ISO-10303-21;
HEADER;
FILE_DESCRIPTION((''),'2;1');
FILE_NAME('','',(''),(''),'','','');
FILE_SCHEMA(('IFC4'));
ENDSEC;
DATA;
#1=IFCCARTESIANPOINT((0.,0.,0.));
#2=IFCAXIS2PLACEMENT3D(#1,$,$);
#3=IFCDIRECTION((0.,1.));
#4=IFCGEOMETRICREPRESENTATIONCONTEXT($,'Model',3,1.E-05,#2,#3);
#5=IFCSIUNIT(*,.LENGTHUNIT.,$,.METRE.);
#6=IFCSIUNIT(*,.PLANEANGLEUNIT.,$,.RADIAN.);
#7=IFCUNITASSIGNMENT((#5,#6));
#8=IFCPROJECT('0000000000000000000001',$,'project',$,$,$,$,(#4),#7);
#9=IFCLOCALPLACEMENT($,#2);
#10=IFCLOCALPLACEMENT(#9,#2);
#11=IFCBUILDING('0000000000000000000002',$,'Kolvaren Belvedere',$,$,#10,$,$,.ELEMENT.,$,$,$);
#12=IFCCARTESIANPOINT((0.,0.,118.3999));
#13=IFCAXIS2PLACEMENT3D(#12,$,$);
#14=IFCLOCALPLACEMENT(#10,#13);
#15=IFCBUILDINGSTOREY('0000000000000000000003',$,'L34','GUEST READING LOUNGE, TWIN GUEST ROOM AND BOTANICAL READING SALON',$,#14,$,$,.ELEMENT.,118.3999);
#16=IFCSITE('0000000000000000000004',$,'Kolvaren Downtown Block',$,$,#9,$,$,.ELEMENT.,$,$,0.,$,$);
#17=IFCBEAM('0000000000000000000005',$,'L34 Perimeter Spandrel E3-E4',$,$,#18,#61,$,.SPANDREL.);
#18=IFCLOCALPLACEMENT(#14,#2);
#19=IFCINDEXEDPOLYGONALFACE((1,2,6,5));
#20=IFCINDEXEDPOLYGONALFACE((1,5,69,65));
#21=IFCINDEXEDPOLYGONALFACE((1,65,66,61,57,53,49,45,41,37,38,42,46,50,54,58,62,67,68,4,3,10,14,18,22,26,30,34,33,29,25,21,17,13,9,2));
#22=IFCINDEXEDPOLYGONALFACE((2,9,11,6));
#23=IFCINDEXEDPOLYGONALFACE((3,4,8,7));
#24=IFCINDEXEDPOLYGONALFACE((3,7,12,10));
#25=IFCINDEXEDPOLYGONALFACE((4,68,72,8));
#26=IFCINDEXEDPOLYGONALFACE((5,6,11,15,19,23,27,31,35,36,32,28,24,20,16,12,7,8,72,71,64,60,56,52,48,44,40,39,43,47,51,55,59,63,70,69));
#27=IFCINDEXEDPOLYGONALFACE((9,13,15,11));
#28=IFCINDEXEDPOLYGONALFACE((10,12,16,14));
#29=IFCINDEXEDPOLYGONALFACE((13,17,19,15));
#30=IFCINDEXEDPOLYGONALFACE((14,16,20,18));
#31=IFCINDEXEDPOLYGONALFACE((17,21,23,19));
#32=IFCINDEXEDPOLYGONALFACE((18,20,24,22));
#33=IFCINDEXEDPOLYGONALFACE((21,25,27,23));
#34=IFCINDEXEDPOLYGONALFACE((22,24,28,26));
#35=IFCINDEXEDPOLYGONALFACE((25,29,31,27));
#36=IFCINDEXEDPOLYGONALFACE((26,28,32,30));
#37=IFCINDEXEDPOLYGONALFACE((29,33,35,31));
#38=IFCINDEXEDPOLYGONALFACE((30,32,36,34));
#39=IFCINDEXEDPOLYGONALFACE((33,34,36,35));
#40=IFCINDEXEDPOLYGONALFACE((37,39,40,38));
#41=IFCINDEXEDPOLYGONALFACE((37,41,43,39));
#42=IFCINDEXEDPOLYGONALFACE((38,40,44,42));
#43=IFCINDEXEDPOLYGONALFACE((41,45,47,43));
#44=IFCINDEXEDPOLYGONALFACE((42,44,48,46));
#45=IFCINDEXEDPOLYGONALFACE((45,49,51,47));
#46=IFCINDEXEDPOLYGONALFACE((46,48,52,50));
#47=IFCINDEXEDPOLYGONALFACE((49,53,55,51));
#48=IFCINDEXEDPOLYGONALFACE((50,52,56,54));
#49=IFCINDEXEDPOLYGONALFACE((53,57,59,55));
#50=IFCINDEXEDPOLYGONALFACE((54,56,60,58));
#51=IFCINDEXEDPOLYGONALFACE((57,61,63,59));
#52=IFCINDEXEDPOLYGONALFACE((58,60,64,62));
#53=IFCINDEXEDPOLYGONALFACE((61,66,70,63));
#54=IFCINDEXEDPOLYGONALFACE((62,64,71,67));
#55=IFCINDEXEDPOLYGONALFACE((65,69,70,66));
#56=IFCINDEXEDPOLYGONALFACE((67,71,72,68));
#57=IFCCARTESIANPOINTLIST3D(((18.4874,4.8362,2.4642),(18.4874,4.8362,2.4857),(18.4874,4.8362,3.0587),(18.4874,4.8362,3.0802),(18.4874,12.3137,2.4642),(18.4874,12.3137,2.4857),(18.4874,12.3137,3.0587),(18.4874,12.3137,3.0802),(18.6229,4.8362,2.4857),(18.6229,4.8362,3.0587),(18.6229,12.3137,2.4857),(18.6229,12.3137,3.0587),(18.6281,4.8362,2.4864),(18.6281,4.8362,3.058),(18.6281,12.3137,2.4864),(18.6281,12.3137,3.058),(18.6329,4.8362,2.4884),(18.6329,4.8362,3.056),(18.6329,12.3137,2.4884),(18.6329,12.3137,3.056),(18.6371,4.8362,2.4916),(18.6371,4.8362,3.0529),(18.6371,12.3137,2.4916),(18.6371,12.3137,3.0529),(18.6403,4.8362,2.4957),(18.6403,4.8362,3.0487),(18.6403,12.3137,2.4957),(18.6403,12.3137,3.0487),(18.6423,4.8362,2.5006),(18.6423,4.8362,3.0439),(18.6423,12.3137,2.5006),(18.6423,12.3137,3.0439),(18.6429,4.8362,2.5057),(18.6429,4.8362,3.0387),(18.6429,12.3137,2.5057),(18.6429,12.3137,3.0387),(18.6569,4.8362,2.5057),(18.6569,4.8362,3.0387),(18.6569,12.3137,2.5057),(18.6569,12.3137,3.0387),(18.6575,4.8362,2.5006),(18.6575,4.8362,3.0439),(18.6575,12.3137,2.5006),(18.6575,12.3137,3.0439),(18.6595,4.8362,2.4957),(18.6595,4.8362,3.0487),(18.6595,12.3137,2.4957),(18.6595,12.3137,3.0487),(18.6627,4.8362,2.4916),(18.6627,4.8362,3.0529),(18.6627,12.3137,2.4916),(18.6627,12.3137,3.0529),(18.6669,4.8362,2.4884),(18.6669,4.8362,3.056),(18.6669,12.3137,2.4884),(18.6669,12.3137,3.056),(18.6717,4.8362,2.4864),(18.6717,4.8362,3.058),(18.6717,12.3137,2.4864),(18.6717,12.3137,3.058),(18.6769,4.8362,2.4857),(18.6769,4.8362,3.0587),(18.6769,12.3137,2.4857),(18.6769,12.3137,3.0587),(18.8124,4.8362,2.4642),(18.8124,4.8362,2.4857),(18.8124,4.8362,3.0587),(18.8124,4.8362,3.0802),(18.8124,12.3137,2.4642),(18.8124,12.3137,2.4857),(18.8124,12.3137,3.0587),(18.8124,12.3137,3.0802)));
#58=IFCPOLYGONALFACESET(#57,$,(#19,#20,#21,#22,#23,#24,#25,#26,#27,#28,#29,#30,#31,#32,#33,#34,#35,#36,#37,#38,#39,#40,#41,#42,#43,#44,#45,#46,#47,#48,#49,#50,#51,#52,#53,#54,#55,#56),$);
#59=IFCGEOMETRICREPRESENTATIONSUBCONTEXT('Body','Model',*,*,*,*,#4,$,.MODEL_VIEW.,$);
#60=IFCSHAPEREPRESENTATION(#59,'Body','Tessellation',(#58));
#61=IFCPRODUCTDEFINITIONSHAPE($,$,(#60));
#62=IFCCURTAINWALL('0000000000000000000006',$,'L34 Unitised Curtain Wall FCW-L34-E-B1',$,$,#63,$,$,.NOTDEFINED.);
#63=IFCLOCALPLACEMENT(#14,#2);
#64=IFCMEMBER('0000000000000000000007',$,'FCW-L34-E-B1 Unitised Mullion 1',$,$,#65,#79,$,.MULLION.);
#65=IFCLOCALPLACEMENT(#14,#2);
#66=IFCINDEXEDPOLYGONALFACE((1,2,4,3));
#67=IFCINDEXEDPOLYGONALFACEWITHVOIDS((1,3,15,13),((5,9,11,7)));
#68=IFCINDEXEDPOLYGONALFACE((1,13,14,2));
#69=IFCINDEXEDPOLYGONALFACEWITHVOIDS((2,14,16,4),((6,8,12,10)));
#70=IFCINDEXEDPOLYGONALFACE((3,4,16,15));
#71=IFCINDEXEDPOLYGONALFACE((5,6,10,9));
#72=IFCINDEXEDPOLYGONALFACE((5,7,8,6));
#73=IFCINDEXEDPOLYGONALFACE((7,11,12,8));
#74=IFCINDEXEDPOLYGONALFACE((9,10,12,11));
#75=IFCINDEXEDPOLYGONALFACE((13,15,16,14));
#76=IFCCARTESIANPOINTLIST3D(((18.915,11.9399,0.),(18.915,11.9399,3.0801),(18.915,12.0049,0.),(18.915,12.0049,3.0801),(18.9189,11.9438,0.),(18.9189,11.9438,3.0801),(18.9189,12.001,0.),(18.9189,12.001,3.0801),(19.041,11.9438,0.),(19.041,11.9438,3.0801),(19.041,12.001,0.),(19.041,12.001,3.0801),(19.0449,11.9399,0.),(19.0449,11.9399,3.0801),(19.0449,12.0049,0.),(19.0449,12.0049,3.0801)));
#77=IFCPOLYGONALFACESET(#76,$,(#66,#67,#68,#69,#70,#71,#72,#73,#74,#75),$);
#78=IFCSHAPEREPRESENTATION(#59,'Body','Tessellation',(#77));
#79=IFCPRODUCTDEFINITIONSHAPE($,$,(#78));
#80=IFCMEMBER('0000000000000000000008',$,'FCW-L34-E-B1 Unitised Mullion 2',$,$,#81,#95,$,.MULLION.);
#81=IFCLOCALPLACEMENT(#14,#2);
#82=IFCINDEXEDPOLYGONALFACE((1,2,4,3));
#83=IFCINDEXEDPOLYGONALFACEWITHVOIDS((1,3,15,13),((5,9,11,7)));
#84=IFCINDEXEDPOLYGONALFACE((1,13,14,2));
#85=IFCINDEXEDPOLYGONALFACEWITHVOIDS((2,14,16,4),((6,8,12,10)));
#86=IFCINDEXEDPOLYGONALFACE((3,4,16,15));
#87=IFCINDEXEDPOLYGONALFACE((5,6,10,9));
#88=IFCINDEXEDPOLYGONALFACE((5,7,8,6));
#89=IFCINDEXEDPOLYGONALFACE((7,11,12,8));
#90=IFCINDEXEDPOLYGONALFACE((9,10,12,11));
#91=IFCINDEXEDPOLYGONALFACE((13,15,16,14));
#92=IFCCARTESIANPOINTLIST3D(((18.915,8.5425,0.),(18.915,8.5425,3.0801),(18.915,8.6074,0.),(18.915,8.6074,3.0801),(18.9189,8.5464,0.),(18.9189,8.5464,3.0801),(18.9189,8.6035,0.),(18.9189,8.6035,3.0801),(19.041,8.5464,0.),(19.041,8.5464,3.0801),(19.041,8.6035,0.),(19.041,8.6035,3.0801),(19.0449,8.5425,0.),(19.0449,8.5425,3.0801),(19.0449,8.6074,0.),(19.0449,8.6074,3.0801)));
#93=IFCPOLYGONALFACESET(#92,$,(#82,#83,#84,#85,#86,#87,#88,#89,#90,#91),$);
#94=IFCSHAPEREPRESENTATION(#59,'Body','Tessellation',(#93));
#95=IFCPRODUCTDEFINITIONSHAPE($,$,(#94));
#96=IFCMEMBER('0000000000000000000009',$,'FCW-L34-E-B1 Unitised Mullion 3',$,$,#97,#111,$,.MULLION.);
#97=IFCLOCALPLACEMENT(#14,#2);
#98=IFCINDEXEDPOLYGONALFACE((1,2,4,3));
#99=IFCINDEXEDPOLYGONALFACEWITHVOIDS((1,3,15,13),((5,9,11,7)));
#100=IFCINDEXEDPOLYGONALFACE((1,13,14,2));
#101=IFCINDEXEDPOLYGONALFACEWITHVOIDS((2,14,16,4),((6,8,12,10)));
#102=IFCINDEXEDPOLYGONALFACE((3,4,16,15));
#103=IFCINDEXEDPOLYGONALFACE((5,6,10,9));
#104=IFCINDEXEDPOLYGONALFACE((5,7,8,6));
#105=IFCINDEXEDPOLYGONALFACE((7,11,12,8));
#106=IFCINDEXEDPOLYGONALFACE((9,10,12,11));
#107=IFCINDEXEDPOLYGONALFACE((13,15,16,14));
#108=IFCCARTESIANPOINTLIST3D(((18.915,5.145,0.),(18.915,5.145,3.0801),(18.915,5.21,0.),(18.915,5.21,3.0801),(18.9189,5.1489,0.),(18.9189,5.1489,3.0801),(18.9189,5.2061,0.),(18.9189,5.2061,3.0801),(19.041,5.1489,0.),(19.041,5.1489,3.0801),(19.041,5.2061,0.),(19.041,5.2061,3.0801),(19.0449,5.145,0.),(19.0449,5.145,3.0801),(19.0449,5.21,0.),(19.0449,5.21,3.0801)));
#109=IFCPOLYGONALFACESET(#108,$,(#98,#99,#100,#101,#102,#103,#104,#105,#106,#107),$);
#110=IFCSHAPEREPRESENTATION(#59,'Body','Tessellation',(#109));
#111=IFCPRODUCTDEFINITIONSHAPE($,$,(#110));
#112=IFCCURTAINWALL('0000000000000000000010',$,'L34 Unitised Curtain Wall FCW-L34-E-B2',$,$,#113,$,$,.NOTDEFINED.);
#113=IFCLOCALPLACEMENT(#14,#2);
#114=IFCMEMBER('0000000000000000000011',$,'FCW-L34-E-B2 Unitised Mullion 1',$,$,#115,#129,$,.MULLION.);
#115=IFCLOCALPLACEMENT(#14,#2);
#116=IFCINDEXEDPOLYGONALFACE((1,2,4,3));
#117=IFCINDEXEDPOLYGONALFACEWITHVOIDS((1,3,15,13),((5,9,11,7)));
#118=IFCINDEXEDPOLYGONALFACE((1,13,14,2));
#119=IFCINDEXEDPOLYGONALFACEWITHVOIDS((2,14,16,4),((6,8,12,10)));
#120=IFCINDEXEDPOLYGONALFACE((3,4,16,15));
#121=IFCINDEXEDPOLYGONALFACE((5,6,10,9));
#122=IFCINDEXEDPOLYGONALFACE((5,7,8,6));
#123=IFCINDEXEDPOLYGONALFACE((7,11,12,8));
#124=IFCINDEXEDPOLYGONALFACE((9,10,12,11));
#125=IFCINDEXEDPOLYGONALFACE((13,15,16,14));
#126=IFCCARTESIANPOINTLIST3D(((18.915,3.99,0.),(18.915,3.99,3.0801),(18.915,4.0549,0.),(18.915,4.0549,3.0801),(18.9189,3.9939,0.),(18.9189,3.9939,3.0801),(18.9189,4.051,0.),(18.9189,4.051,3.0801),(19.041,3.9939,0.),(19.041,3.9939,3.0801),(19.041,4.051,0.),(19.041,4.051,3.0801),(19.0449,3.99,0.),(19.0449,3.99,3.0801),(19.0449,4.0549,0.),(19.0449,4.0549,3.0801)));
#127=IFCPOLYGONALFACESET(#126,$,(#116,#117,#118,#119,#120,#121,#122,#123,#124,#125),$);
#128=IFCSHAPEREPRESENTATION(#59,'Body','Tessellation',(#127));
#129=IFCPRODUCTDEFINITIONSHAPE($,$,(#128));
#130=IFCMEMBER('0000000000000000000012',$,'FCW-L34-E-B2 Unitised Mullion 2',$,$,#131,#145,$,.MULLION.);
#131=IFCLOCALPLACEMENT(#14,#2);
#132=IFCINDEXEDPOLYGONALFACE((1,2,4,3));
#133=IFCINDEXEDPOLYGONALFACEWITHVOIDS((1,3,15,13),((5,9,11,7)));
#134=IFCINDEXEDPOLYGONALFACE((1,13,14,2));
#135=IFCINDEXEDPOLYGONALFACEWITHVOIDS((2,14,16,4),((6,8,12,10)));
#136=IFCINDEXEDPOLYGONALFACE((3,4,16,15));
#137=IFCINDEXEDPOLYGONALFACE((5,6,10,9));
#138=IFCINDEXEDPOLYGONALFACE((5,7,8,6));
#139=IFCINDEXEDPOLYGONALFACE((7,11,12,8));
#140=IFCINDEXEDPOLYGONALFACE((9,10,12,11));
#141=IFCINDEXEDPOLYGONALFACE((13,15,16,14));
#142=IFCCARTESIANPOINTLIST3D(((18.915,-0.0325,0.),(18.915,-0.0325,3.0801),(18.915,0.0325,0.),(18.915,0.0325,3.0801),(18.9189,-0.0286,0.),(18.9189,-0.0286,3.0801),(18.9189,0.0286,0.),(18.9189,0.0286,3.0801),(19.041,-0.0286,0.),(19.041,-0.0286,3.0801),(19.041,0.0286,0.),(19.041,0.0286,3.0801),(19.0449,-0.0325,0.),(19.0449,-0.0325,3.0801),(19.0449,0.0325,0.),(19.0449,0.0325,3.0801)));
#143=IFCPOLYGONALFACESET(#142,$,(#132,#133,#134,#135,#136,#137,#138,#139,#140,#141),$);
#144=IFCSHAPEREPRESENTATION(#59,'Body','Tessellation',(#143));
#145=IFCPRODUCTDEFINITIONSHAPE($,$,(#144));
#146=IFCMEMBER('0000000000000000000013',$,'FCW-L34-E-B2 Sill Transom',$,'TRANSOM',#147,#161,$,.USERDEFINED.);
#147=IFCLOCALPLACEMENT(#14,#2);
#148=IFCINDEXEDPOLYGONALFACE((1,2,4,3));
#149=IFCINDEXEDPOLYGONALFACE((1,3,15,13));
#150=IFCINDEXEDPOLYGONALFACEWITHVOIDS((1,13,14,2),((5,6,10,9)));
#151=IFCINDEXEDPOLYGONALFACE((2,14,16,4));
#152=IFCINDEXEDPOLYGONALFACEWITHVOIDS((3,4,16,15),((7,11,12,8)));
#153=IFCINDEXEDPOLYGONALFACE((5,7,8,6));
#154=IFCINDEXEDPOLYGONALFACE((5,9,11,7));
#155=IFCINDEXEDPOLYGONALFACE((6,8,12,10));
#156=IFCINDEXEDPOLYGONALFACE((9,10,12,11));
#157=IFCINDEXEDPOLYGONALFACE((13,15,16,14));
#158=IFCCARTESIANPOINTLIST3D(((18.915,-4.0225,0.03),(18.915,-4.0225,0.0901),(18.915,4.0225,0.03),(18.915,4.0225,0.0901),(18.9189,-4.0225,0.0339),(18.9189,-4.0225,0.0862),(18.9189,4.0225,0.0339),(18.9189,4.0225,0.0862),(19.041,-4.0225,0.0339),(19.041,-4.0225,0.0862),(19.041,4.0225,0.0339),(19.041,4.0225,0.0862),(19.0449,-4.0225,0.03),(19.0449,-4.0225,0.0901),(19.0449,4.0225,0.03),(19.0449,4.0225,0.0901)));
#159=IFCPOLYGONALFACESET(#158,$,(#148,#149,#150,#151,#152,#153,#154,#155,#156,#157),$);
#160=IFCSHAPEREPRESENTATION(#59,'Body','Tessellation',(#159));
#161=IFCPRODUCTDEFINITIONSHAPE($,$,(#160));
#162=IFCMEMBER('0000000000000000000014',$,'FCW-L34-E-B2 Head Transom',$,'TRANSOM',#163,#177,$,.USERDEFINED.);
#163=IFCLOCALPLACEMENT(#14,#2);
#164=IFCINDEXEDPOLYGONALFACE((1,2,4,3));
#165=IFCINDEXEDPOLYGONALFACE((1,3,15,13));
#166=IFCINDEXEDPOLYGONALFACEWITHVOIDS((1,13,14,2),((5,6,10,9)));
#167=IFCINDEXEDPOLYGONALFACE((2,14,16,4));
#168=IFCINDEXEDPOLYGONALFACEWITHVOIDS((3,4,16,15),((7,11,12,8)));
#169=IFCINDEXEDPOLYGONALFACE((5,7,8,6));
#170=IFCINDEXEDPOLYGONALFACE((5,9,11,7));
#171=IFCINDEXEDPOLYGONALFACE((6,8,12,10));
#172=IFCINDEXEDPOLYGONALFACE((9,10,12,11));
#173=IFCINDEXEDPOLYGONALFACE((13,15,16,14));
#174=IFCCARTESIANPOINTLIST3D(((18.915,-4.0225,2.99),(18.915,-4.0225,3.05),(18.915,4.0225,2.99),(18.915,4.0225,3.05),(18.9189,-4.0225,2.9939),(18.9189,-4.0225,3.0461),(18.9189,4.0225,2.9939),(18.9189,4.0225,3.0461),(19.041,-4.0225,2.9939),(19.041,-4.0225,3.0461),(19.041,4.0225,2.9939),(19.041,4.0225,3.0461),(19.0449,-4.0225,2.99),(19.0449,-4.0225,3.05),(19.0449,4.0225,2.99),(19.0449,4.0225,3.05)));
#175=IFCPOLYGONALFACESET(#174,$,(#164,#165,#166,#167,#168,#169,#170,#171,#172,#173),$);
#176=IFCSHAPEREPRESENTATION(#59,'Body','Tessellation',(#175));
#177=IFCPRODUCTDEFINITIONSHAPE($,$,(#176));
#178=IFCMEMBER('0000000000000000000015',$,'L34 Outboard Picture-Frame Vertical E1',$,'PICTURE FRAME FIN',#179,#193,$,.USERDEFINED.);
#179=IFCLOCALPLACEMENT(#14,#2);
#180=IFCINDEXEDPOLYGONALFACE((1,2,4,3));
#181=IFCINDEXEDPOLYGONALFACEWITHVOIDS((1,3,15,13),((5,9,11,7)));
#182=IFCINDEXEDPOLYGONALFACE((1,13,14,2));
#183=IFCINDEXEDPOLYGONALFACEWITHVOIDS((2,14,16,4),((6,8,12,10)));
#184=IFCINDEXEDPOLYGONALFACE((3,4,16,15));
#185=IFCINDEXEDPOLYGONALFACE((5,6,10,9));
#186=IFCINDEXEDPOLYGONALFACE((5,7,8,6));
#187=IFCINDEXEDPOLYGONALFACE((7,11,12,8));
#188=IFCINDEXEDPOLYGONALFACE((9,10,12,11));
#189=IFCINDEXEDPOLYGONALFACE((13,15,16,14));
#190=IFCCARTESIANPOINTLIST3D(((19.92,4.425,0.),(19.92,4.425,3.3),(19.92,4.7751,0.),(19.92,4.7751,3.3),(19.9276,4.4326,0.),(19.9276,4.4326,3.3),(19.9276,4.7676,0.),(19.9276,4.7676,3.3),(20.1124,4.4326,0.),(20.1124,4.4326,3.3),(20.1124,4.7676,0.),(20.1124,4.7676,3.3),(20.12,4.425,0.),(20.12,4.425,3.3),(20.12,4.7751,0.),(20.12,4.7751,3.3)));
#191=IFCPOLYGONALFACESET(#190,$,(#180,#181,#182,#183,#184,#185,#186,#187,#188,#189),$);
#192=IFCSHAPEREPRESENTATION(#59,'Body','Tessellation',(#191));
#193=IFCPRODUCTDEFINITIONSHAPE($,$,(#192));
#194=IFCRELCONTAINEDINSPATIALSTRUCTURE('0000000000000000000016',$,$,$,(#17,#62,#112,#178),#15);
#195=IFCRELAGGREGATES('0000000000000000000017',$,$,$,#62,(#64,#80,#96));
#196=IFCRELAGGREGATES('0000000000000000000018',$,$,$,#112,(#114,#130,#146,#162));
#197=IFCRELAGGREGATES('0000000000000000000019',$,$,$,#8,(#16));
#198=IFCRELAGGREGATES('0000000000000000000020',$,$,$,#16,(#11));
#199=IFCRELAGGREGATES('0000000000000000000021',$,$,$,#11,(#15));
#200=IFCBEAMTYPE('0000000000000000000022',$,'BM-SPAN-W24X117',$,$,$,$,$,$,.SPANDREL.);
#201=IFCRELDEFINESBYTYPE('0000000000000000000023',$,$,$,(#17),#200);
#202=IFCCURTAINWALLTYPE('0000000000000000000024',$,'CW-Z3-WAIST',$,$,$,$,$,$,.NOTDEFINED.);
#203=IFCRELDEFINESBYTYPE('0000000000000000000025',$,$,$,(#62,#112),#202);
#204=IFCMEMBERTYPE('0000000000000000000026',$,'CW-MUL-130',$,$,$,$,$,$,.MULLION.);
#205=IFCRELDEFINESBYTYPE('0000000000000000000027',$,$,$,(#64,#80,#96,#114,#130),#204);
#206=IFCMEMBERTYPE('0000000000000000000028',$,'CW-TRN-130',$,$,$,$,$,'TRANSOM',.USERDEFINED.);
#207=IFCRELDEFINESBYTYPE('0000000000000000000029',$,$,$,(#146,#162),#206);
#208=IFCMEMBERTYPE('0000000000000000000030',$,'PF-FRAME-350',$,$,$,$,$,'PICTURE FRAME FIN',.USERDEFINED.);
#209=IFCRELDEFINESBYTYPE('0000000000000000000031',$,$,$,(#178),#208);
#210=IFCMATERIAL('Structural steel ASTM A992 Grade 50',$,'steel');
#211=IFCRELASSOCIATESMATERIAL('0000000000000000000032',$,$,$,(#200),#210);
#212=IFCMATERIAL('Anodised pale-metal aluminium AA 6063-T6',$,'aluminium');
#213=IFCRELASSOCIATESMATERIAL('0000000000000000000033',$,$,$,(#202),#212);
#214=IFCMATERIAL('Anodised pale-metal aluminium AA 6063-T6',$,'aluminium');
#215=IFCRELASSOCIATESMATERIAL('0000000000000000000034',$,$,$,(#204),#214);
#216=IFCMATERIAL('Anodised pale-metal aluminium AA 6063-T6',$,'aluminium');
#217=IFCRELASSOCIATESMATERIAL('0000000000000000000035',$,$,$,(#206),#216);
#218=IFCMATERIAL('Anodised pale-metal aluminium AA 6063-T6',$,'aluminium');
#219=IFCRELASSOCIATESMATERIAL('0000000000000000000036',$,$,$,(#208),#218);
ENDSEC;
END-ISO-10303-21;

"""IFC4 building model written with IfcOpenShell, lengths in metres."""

from ifc_helpers import new_model, si_unit, direction, frame, origin, origin_2d, place, context, subcontext, project, spatial, hollow_rectangle, i_section, extrude, material, material_profile, profile_set, type_object, element, aggregate, save


model = new_model("IFC4")

# Units and contexts
model_context = context("Model", 3, precision=1e-05, world=origin(), true_north=direction((0.0, 1.0)))
body_context = subcontext(model_context, "Body", "Model", "MODEL_VIEW")
ifc_project = project(units=[si_unit("LENGTHUNIT", "METRE"), si_unit("PLANEANGLEUNIT", "RADIAN")], contexts=[model_context])

# Site, building, storey
site_placement = place(None, origin())
site = spatial("IfcSite", under=ifc_project, at=site_placement, Name="Kolvaren Downtown Block", CompositionType="ELEMENT", RefElevation=0.0)
building_placement = place(site_placement, origin())
building = spatial("IfcBuilding", under=site, at=building_placement, Name="Kolvaren Belvedere", CompositionType="ELEMENT")
storey_placement = place(building_placement, frame((0.0, 0.0, 118.3999)))
storey = spatial("IfcBuildingStorey", under=building, at=storey_placement, Name="L34", Description="GUEST READING LOUNGE, TWIN GUEST ROOM AND BOTANICAL READING SALON", CompositionType="ELEMENT", Elevation=118.3999)

# Beam
ifc_material_1 = material(Name="Structural steel ASTM A992 Grade 50", Category="steel")
ifc_material_profile_1 = material_profile(ifc_material_1, i_section(OverallWidth=0.325, OverallDepth=0.616, WebThickness=0.0139, FlangeThickness=0.0215, FilletRadius=0.02, at=origin_2d()), Name="W24X117")
ifc_profile_set_1 = profile_set([ifc_material_profile_1], Name="Structural steel ASTM A992 Grade 50")
beam_type_1 = type_object("IfcBeamType", Name="BM-SPAN-W24X117", PredefinedType="SPANDREL", material=ifc_profile_set_1)
beam_1_placement = place(storey_placement, frame((18.6499, 4.8362, 2.7722), z_axis=(0.0, 1.0, 0.0), x_axis=(-1.0, 0.0, 0.0)))
element("IfcBeam", 1, at=beam_1_placement, inside=storey, type_object=beam_type_1, Name="L34 Perimeter Spandrel E3-E4", PredefinedType="SPANDREL", context=body_context, shape_type="SweptSolid", body=[
    extrude(i_section(OverallWidth=0.325, OverallDepth=0.616, WebThickness=0.0139, FlangeThickness=0.0215, FilletRadius=0.02, at=origin_2d()), origin(), (0.0, 0.0, 1.0), 7.4775),
])

# Curtain walls, members
ifc_material_2 = material(Name="Anodised pale-metal aluminium AA 6063-T6", Category="aluminium")
curtain_wall_type = type_object("IfcCurtainWallType", Name="CW-Z3-WAIST", PredefinedType="NOTDEFINED", material=ifc_material_2)
curtain_wall_1_placement = place(storey_placement, origin())
curtain_wall_1 = element("IfcCurtainWall", 2, at=curtain_wall_1_placement, inside=storey, type_object=curtain_wall_type, Name="L34 Unitised Curtain Wall FCW-L34-E-B1", PredefinedType="NOTDEFINED")
ifc_material_3 = material(Name="Anodised pale-metal aluminium AA 6063-T6", Category="aluminium")
ifc_material_profile_2 = material_profile(ifc_material_3, hollow_rectangle(XDim=0.0649, YDim=0.1299, WallThickness=0.0039, at=origin_2d()), Name="ALU-MUL-130X65")
ifc_profile_set_2 = profile_set([ifc_material_profile_2], Name="Anodised pale-metal aluminium AA 6063-T6")
member_type_1 = type_object("IfcMemberType", Name="CW-MUL-130", PredefinedType="MULLION", material=ifc_profile_set_2)
member_1_placement = place(storey_placement, frame((18.98, 11.9724, 0.0), z_axis=(0.0, 0.0, 1.0), x_axis=(0.0, 1.0, 0.0)))
member_1 = element("IfcMember", 3, at=member_1_placement, type_object=member_type_1, Name="FCW-L34-E-B1 Unitised Mullion 1", PredefinedType="MULLION", context=body_context, shape_type="SweptSolid", body=[
    extrude(hollow_rectangle(XDim=0.0649, YDim=0.1299, WallThickness=0.0039, at=origin_2d()), origin(), (0.0, 0.0, 1.0), 3.0801),
])
member_2_placement = place(storey_placement, frame((18.98, 8.575, 0.0), z_axis=(0.0, 0.0, 1.0), x_axis=(0.0, 1.0, 0.0)))
member_2 = element("IfcMember", 4, at=member_2_placement, type_object=member_type_1, Name="FCW-L34-E-B1 Unitised Mullion 2", PredefinedType="MULLION", context=body_context, shape_type="SweptSolid", body=[
    extrude(hollow_rectangle(XDim=0.0649, YDim=0.1299, WallThickness=0.0039, at=origin_2d()), origin(), (0.0, 0.0, 1.0), 3.0801),
])
member_3_placement = place(storey_placement, frame((18.98, 5.1775, 0.0), z_axis=(0.0, 0.0, 1.0), x_axis=(0.0, 1.0, 0.0)))
member_3 = element("IfcMember", 5, at=member_3_placement, type_object=member_type_1, Name="FCW-L34-E-B1 Unitised Mullion 3", PredefinedType="MULLION", context=body_context, shape_type="SweptSolid", body=[
    extrude(hollow_rectangle(XDim=0.0649, YDim=0.1299, WallThickness=0.0039, at=origin_2d()), origin(), (0.0, 0.0, 1.0), 3.0801),
])
curtain_wall_2_placement = place(storey_placement, origin())
curtain_wall_2 = element("IfcCurtainWall", 6, at=curtain_wall_2_placement, inside=storey, type_object=curtain_wall_type, Name="L34 Unitised Curtain Wall FCW-L34-E-B2", PredefinedType="NOTDEFINED")
member_4_placement = place(storey_placement, frame((18.98, 4.0225, 0.0), z_axis=(0.0, 0.0, 1.0), x_axis=(0.0, 1.0, 0.0)))
member_4 = element("IfcMember", 7, at=member_4_placement, type_object=member_type_1, Name="FCW-L34-E-B2 Unitised Mullion 1", PredefinedType="MULLION", context=body_context, shape_type="SweptSolid", body=[
    extrude(hollow_rectangle(XDim=0.0649, YDim=0.1299, WallThickness=0.0039, at=origin_2d()), origin(), (0.0, 0.0, 1.0), 3.0801),
])
member_5_placement = place(storey_placement, frame((18.98, 0.0, 0.0), z_axis=(0.0, 0.0, 1.0), x_axis=(0.0, 1.0, 0.0)))
member_5 = element("IfcMember", 8, at=member_5_placement, type_object=member_type_1, Name="FCW-L34-E-B2 Unitised Mullion 2", PredefinedType="MULLION", context=body_context, shape_type="SweptSolid", body=[
    extrude(hollow_rectangle(XDim=0.0649, YDim=0.1299, WallThickness=0.0039, at=origin_2d()), origin(), (0.0, 0.0, 1.0), 3.0801),
])
ifc_material_4 = material(Name="Anodised pale-metal aluminium AA 6063-T6", Category="aluminium")
ifc_material_profile_3 = material_profile(ifc_material_4, hollow_rectangle(XDim=0.0601, YDim=0.1299, WallThickness=0.0039, at=origin_2d()), Name="ALU-TRN-130X60")
ifc_profile_set_3 = profile_set([ifc_material_profile_3], Name="Anodised pale-metal aluminium AA 6063-T6")
member_type_2 = type_object("IfcMemberType", Name="CW-TRN-130", ElementType="TRANSOM", PredefinedType="USERDEFINED", material=ifc_profile_set_3)
member_6_placement = place(storey_placement, frame((18.98, 4.0225, 0.0601), z_axis=(0.0, -1.0, 0.0), x_axis=(0.0, 0.0, 1.0)))
member_6 = element("IfcMember", 9, at=member_6_placement, type_object=member_type_2, Name="FCW-L34-E-B2 Sill Transom", ObjectType="TRANSOM", PredefinedType="USERDEFINED", context=body_context, shape_type="SweptSolid", body=[
    extrude(hollow_rectangle(XDim=0.0601, YDim=0.1299, WallThickness=0.0039, at=origin_2d()), origin(), (0.0, 0.0, 1.0), 8.0449),
])
member_7_placement = place(storey_placement, frame((18.98, 4.0225, 3.02), z_axis=(0.0, -1.0, 0.0), x_axis=(0.0, 0.0, 1.0)))
member_7 = element("IfcMember", 10, at=member_7_placement, type_object=member_type_2, Name="FCW-L34-E-B2 Head Transom", ObjectType="TRANSOM", PredefinedType="USERDEFINED", context=body_context, shape_type="SweptSolid", body=[
    extrude(hollow_rectangle(XDim=0.0601, YDim=0.1299, WallThickness=0.0039, at=origin_2d()), origin(), (0.0, 0.0, 1.0), 8.0449),
])

# Member
ifc_material_5 = material(Name="Anodised pale-metal aluminium AA 6063-T6", Category="aluminium")
ifc_material_profile_4 = material_profile(ifc_material_5, hollow_rectangle(XDim=0.2, YDim=0.3501, WallThickness=0.0076, at=origin_2d()), Name="ALU-PF-350X200")
ifc_profile_set_4 = profile_set([ifc_material_profile_4], Name="Anodised pale-metal aluminium AA 6063-T6")
member_type_3 = type_object("IfcMemberType", Name="PF-FRAME-350", ElementType="PICTURE FRAME FIN", PredefinedType="USERDEFINED", material=ifc_profile_set_4)
member_8_placement = place(storey_placement, frame((20.02, 4.6001, 0.0), z_axis=(0.0, 0.0, 1.0), x_axis=(1.0, 0.0, 0.0)))
element("IfcMember", 11, at=member_8_placement, inside=storey, type_object=member_type_3, Name="L34 Outboard Picture-Frame Vertical E1", ObjectType="PICTURE FRAME FIN", PredefinedType="USERDEFINED", context=body_context, shape_type="SweptSolid", body=[
    extrude(hollow_rectangle(XDim=0.2, YDim=0.3501, WallThickness=0.0076, at=origin_2d()), origin(), (0.0, 0.0, 1.0), 3.3),
])

aggregate(curtain_wall_1, [member_1, member_2, member_3])
aggregate(curtain_wall_2, [member_4, member_5, member_6, member_7])

save(model, "model.ifc")
